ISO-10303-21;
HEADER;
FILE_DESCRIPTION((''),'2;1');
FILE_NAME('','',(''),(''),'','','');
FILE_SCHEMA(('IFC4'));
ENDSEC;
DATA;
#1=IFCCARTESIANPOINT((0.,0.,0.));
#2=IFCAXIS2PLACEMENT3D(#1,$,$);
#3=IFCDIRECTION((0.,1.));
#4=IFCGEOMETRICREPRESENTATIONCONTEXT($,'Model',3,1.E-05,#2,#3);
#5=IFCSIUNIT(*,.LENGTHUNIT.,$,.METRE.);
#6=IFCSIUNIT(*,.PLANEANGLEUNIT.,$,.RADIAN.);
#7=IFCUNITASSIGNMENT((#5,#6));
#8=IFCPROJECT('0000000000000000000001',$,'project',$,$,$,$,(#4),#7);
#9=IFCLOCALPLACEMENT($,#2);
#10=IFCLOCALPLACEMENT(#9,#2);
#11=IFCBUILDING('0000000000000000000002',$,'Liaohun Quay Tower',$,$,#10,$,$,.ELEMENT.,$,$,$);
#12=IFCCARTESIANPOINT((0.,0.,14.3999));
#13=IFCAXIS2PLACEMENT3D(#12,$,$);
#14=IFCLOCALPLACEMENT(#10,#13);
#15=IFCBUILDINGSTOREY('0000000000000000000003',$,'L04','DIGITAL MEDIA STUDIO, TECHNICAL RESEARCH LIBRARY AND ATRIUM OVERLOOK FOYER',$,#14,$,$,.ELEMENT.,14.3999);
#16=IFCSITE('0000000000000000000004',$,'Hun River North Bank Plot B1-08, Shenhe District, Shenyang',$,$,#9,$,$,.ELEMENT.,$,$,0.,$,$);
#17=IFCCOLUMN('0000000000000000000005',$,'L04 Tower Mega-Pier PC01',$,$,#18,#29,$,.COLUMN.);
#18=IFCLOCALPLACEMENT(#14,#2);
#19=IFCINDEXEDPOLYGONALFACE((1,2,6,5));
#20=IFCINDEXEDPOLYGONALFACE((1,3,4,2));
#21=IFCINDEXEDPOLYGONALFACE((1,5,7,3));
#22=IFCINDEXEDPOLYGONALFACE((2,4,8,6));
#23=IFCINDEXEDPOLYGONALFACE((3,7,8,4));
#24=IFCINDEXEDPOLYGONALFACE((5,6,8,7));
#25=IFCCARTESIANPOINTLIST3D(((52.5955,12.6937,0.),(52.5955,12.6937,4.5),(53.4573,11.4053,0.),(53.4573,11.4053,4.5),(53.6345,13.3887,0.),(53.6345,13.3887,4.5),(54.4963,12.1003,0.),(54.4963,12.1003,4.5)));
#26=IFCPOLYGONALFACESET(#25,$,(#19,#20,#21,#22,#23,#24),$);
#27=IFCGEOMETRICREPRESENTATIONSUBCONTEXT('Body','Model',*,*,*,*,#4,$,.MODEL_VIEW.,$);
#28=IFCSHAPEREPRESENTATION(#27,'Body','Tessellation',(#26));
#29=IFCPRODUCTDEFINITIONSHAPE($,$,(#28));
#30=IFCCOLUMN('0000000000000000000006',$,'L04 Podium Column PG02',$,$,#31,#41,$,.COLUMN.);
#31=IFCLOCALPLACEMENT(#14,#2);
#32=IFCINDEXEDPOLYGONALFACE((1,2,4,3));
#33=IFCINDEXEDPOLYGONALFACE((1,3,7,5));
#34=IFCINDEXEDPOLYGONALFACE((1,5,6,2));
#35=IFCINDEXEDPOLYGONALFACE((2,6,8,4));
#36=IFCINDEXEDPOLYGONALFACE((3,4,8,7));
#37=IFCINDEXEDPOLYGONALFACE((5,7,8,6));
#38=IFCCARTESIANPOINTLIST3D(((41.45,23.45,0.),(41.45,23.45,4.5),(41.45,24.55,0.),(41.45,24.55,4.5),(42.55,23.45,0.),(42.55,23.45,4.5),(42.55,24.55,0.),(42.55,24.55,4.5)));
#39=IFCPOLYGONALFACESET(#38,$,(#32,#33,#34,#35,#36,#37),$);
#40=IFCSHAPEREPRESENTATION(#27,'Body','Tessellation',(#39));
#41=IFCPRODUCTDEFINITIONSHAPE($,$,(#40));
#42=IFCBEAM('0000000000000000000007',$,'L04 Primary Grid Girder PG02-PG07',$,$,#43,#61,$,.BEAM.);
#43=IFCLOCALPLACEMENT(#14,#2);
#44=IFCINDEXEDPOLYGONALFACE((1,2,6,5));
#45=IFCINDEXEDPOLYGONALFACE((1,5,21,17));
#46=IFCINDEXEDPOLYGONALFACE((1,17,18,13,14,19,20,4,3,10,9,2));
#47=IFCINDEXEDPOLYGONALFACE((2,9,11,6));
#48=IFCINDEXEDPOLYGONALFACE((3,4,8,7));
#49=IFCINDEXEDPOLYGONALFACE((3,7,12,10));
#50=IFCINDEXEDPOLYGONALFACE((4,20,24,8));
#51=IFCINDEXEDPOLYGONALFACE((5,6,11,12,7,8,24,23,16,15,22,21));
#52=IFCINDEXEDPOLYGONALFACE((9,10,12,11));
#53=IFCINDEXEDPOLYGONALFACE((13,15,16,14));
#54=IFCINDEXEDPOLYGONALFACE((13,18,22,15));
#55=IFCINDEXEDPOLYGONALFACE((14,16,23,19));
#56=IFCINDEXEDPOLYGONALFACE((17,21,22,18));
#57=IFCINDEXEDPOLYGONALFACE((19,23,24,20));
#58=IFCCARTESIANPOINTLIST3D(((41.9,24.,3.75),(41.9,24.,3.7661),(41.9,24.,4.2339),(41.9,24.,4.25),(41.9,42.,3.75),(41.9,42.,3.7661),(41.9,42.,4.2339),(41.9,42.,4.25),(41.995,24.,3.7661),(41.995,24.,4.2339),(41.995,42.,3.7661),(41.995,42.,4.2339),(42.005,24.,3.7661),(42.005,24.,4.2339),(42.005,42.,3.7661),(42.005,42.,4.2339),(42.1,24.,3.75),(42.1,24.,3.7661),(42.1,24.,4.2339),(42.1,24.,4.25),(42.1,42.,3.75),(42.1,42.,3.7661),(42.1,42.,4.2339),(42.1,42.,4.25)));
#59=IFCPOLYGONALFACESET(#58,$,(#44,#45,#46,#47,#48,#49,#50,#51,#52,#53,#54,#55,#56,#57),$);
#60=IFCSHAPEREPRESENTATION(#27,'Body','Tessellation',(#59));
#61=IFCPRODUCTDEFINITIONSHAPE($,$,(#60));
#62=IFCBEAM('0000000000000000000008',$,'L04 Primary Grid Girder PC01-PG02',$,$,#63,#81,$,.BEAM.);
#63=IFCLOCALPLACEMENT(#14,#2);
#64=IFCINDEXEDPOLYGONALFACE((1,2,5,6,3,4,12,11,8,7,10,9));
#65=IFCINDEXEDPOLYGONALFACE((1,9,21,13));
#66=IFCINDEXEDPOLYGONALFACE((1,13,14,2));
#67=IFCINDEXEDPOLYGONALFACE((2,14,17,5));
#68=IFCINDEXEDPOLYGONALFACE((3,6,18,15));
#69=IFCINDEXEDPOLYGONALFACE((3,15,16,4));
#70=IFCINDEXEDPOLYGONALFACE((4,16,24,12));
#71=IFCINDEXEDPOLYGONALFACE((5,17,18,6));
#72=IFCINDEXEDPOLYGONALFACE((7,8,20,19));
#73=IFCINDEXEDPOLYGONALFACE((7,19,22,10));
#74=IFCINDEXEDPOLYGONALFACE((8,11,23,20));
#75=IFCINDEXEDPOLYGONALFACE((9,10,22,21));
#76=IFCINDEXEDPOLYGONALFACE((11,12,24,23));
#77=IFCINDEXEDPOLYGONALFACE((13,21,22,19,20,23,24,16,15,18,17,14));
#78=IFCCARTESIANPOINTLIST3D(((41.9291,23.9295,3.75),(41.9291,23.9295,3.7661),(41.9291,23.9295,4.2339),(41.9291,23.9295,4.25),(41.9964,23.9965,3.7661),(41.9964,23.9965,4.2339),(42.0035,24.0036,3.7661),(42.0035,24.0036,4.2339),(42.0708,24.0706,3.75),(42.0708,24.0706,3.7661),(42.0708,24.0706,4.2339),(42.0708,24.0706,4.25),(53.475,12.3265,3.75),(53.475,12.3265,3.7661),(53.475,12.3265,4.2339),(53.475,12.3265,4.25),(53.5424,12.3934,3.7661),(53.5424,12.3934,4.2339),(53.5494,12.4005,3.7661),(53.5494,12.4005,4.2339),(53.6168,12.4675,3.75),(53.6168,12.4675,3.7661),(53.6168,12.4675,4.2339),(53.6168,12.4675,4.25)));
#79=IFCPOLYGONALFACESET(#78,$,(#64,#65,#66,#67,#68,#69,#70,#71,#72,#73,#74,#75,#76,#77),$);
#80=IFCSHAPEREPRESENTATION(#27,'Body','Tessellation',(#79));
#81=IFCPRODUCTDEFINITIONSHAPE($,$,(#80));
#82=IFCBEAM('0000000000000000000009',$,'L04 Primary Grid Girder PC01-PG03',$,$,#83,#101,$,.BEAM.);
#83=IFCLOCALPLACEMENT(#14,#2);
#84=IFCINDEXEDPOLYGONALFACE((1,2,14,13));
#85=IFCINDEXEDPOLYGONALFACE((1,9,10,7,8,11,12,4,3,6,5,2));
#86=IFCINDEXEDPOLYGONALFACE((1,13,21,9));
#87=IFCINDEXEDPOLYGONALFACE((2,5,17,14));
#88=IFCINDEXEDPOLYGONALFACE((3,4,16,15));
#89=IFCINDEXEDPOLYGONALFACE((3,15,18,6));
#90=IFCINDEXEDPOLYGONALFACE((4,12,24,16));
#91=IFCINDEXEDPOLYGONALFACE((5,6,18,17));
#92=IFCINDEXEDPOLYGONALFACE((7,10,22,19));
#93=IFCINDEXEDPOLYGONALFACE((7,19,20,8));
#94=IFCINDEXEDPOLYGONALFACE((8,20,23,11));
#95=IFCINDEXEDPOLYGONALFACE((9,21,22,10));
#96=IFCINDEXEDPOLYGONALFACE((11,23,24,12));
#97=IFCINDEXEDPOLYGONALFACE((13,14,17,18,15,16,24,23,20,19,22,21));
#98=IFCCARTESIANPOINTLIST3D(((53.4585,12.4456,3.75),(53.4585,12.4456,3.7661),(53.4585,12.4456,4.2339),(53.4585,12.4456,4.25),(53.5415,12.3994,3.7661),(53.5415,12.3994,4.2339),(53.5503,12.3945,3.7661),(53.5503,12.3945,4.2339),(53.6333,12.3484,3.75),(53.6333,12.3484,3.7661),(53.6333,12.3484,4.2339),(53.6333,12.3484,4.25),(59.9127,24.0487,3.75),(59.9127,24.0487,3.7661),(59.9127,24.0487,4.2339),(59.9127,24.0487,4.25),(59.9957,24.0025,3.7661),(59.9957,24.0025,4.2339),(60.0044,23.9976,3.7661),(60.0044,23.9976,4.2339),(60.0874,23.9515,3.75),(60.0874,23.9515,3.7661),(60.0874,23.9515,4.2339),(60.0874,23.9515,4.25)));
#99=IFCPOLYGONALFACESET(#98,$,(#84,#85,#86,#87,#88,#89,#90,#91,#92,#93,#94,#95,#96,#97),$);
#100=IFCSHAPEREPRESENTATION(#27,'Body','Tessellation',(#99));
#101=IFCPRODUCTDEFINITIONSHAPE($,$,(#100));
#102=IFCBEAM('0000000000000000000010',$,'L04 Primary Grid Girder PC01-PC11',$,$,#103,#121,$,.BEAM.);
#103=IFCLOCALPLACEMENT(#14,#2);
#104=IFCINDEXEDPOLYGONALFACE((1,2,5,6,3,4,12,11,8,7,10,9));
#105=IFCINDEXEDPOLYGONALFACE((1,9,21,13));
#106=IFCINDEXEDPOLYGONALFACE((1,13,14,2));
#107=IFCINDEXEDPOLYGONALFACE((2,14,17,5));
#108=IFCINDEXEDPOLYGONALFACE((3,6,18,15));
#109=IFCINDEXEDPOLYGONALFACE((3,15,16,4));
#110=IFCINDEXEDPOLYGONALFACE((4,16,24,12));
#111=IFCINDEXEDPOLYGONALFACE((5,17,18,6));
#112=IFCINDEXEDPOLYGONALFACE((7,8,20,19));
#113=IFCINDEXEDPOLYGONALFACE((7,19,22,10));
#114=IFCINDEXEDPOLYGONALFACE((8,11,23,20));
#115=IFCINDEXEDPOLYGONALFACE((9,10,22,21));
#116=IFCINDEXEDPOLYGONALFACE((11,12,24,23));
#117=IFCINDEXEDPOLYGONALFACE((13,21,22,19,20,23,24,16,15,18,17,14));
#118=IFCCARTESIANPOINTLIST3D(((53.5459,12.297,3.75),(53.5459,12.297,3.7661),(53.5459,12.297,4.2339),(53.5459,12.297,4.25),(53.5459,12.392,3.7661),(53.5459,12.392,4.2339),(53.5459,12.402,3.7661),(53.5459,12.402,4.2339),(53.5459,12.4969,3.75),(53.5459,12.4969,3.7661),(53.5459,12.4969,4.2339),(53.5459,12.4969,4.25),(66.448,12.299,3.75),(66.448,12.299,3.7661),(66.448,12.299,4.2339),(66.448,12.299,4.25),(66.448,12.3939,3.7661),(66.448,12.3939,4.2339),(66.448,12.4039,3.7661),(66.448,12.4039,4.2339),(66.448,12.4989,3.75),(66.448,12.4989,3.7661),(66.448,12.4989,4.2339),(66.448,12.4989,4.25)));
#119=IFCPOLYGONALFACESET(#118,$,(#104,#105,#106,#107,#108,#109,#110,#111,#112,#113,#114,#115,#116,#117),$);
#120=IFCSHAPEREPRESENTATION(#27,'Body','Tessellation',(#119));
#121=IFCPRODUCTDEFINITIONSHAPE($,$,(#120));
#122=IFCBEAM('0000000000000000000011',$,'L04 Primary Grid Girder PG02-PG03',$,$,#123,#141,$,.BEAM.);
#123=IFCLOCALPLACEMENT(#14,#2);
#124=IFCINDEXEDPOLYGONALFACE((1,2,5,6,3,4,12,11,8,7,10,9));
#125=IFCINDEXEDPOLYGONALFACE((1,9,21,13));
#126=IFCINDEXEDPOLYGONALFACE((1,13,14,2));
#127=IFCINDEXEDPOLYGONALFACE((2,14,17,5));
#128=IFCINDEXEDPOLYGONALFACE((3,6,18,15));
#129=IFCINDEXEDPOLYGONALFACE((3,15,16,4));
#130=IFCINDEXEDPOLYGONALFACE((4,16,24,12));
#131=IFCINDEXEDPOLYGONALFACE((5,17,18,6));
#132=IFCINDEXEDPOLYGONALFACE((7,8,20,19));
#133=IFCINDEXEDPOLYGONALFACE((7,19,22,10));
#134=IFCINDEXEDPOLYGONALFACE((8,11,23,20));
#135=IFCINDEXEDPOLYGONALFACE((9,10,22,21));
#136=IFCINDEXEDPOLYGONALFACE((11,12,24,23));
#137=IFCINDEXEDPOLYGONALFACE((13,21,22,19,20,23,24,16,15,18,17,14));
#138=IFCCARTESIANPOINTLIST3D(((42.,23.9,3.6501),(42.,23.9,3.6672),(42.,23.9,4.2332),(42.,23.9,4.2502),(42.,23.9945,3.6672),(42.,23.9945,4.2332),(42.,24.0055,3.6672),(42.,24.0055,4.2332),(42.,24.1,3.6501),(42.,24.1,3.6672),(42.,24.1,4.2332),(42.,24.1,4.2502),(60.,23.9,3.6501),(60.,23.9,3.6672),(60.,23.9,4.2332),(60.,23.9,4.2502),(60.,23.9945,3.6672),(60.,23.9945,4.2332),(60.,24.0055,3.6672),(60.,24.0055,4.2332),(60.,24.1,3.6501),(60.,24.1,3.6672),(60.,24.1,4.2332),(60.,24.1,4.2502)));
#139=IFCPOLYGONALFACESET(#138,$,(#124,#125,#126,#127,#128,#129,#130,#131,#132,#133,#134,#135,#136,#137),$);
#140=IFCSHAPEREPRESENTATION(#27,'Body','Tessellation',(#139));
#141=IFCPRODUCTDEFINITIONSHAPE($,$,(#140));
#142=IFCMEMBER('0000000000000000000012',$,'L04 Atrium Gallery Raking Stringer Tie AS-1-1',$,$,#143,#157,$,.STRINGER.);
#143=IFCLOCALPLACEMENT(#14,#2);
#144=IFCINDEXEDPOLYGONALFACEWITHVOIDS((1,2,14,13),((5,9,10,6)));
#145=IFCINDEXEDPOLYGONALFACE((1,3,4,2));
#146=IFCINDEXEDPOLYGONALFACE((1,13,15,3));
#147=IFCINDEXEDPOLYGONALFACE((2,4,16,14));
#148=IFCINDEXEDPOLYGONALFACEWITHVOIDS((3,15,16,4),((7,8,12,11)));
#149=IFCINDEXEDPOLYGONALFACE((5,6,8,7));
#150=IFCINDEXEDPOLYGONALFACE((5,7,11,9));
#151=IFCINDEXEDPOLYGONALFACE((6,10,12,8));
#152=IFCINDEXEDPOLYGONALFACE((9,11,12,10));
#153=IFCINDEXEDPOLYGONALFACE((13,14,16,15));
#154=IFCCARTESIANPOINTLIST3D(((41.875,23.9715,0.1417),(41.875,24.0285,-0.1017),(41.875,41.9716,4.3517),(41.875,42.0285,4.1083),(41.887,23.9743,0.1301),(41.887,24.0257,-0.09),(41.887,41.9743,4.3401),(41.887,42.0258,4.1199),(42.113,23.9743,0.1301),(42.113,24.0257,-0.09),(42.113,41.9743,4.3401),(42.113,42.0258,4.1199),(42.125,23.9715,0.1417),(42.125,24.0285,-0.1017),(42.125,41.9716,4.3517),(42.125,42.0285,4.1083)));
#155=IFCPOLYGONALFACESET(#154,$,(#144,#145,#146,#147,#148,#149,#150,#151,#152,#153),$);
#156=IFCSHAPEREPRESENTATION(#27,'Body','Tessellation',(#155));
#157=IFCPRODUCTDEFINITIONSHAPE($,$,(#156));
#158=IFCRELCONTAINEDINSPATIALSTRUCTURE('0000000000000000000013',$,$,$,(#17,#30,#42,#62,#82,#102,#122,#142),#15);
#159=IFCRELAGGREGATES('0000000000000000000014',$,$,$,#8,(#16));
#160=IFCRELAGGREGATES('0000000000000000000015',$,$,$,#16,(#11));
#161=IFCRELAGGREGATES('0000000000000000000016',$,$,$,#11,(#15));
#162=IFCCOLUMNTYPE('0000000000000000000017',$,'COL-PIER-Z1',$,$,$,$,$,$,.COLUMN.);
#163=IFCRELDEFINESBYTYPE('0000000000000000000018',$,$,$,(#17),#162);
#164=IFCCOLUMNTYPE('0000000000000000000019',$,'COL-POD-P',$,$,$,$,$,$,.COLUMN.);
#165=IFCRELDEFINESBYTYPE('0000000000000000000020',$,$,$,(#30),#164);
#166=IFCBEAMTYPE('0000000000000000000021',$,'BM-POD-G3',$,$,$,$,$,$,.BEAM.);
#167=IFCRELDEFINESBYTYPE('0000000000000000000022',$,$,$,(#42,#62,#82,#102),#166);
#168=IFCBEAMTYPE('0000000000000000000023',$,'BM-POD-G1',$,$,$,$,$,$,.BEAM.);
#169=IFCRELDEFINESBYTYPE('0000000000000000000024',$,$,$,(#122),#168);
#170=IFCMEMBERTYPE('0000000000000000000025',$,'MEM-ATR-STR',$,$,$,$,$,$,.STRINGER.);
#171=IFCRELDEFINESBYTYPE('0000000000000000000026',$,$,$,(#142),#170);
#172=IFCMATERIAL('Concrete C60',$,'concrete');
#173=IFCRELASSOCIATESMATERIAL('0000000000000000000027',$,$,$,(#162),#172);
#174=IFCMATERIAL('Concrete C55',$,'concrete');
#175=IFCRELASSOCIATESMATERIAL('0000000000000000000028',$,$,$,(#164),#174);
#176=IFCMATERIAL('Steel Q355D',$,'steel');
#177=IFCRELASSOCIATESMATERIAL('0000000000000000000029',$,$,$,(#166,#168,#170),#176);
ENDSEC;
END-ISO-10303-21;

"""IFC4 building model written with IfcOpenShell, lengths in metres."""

from ifc_helpers import new_model, si_unit, direction, frame, origin, origin_2d, place, context, subcontext, project, spatial, rectangle, hollow_rectangle, i_section, extrude, source, transform, mapped, material, material_profile, profile_set, type_object, element, save


model = new_model("IFC4")

# Units and contexts
model_context = context("Model", 3, precision=1e-05, world=origin(), true_north=direction((0.0, 1.0)))
body_context = subcontext(model_context, "Body", "Model", "MODEL_VIEW")
ifc_project = project(units=[si_unit("LENGTHUNIT", "METRE"), si_unit("PLANEANGLEUNIT", "RADIAN")], contexts=[model_context])

# Site, building, storey
site_placement = place(None, origin())
site = spatial("IfcSite", under=ifc_project, at=site_placement, Name="Hun River North Bank Plot B1-08, Shenhe District, Shenyang", CompositionType="ELEMENT", RefElevation=0.0)
building_placement = place(site_placement, origin())
building = spatial("IfcBuilding", under=site, at=building_placement, Name="Liaohun Quay Tower", CompositionType="ELEMENT")
storey_placement = place(building_placement, frame((0.0, 0.0, 14.3999)))
storey = spatial("IfcBuildingStorey", under=building, at=storey_placement, Name="L04", Description="DIGITAL MEDIA STUDIO, TECHNICAL RESEARCH LIBRARY AND ATRIUM OVERLOOK FOYER", CompositionType="ELEMENT", Elevation=14.3999)

# Columns
ifc_material_1 = material(Name="Concrete C60", Category="concrete")
ifc_material_profile_1 = material_profile(ifc_material_1, rectangle(XDim=1.55, YDim=1.25, at=origin_2d()), Name="RC1550x1250")
ifc_profile_set_1 = profile_set([ifc_material_profile_1], Name="Concrete C60")
column_type_1 = type_object("IfcColumnType", Name="COL-PIER-Z1", PredefinedType="COLUMN", material=ifc_profile_set_1)
shared_shape_1 = source(origin(), body_context, "Body", "SweptSolid", [
    extrude(rectangle(XDim=1.55, YDim=1.25, at=origin_2d()), origin(), (0.0, 0.0, 1.0), 4.5),
])
column_1_placement = place(storey_placement, frame((53.5459, 12.397, 0.0), z_axis=(0.0, 0.0, 1.0), x_axis=(-0.556006, 0.831179, 0.0)))
element("IfcColumn", 1, at=column_1_placement, inside=storey, type_object=column_type_1, Name="L04 Tower Mega-Pier PC01", PredefinedType="COLUMN", context=body_context, shape_type="MappedRepresentation", body=[
    mapped(shared_shape_1, transform((0.0, 0.0, 0.0), x_axis=(1.0, 0.0, 0.0), y_axis=(0.0, 1.0, 0.0), z_axis=(0.0, 0.0, 1.0), scale=1.0)),
])
ifc_material_2 = material(Name="Concrete C55", Category="concrete")
ifc_material_profile_2 = material_profile(ifc_material_2, rectangle(XDim=1.1001, YDim=1.1001, at=origin_2d()), Name="RC1100x1100")
ifc_profile_set_2 = profile_set([ifc_material_profile_2], Name="Concrete C55")
column_type_2 = type_object("IfcColumnType", Name="COL-POD-P", PredefinedType="COLUMN", material=ifc_profile_set_2)
shared_shape_2 = source(origin(), body_context, "Body", "SweptSolid", [
    extrude(rectangle(XDim=1.1001, YDim=1.1001, at=origin_2d()), origin(), (0.0, 0.0, 1.0), 4.5),
])
column_2_placement = place(storey_placement, frame((42.0, 24.0, 0.0), z_axis=(0.0, 0.0, 1.0), x_axis=(1.0, 0.0, 0.0)))
element("IfcColumn", 2, at=column_2_placement, inside=storey, type_object=column_type_2, Name="L04 Podium Column PG02", PredefinedType="COLUMN", context=body_context, shape_type="MappedRepresentation", body=[
    mapped(shared_shape_2, transform((0.0, 0.0, 0.0), x_axis=(1.0, 0.0, 0.0), y_axis=(0.0, 1.0, 0.0), z_axis=(0.0, 0.0, 1.0), scale=1.0)),
])

# Beams
ifc_material_3 = material(Name="Steel Q355D", Category="steel")
ifc_material_profile_3 = material_profile(ifc_material_3, i_section(OverallWidth=0.2, OverallDepth=0.5, WebThickness=0.01, FlangeThickness=0.0161, at=origin_2d()), Name="HN500x200x10x16")
ifc_profile_set_3 = profile_set([ifc_material_profile_3], Name="Steel Q355D")
beam_type_1 = type_object("IfcBeamType", Name="BM-POD-G3", PredefinedType="BEAM", material=ifc_profile_set_3)
shared_shape_3 = source(origin(), body_context, "Body", "SweptSolid", [
    extrude(i_section(OverallWidth=0.2, OverallDepth=0.5, WebThickness=0.01, FlangeThickness=0.0161, at=origin_2d()), origin(), (0.0, 0.0, 1.0), 18.0),
])
beam_1_placement = place(storey_placement, frame((42.0, 24.0, 4.0), z_axis=(0.0, 1.0, 0.0), x_axis=(-1.0, 0.0, 0.0)))
element("IfcBeam", 3, at=beam_1_placement, inside=storey, type_object=beam_type_1, Name="L04 Primary Grid Girder PG02-PG07", PredefinedType="BEAM", context=body_context, shape_type="MappedRepresentation", body=[
    mapped(shared_shape_3, transform((0.0, 0.0, 0.0), x_axis=(1.0, 0.0, 0.0), y_axis=(0.0, 1.0, 0.0), z_axis=(0.0, 0.0, 1.0), scale=1.0)),
])
shared_shape_4 = source(origin(), body_context, "Body", "SweptSolid", [
    extrude(i_section(OverallWidth=0.2, OverallDepth=0.5, WebThickness=0.01, FlangeThickness=0.0161, at=origin_2d()), origin(), (0.0, 0.0, 1.0), 16.3689),
])
beam_2_placement = place(storey_placement, frame((53.5459, 12.397, 4.0), z_axis=(-0.70536, 0.70885, 0.0), x_axis=(-0.70885, -0.70536, 0.0)))
element("IfcBeam", 4, at=beam_2_placement, inside=storey, type_object=beam_type_1, Name="L04 Primary Grid Girder PC01-PG02", PredefinedType="BEAM", context=body_context, shape_type="MappedRepresentation", body=[
    mapped(shared_shape_4, transform((0.0, 0.0, 0.0), x_axis=(1.0, 0.0, 0.0), y_axis=(0.0, 1.0, 0.0), z_axis=(0.0, 0.0, 1.0), scale=1.0)),
])
shared_shape_5 = source(origin(), body_context, "Body", "SweptSolid", [
    extrude(i_section(OverallWidth=0.2, OverallDepth=0.5, WebThickness=0.01, FlangeThickness=0.0161, at=origin_2d()), origin(), (0.0, 0.0, 1.0), 13.2773),
])
beam_3_placement = place(storey_placement, frame((53.5459, 12.397, 4.0), z_axis=(0.486102, 0.873902, 0.0), x_axis=(-0.873902, 0.486102, 0.0)))
element("IfcBeam", 5, at=beam_3_placement, inside=storey, type_object=beam_type_1, Name="L04 Primary Grid Girder PC01-PG03", PredefinedType="BEAM", context=body_context, shape_type="MappedRepresentation", body=[
    mapped(shared_shape_5, transform((0.0, 0.0, 0.0), x_axis=(1.0, 0.0, 0.0), y_axis=(0.0, 1.0, 0.0), z_axis=(0.0, 0.0, 1.0), scale=1.0)),
])
shared_shape_6 = source(origin(), body_context, "Body", "SweptSolid", [
    extrude(i_section(OverallWidth=0.2, OverallDepth=0.5, WebThickness=0.01, FlangeThickness=0.0161, at=origin_2d()), origin(), (0.0, 0.0, 1.0), 12.9021),
])
beam_4_placement = place(storey_placement, frame((53.5459, 12.397, 4.0), z_axis=(1.0, 0.000151, 0.0), x_axis=(-0.000151, 1.0, 0.0)))
element("IfcBeam", 6, at=beam_4_placement, inside=storey, type_object=beam_type_1, Name="L04 Primary Grid Girder PC01-PC11", PredefinedType="BEAM", context=body_context, shape_type="MappedRepresentation", body=[
    mapped(shared_shape_6, transform((0.0, 0.0, 0.0), x_axis=(1.0, 0.0, 0.0), y_axis=(0.0, 1.0, 0.0), z_axis=(0.0, 0.0, 1.0), scale=1.0)),
])
ifc_material_profile_4 = material_profile(ifc_material_3, i_section(OverallWidth=0.2, OverallDepth=0.6001, WebThickness=0.011, FlangeThickness=0.0171, at=origin_2d()), Name="HN600x200x11x17")
ifc_profile_set_4 = profile_set([ifc_material_profile_4], Name="Steel Q355D")
beam_type_2 = type_object("IfcBeamType", Name="BM-POD-G1", PredefinedType="BEAM", material=ifc_profile_set_4)
shared_shape_7 = source(origin(), body_context, "Body", "SweptSolid", [
    extrude(i_section(OverallWidth=0.2, OverallDepth=0.6001, WebThickness=0.011, FlangeThickness=0.0171, at=origin_2d()), origin(), (0.0, 0.0, 1.0), 18.0),
])
beam_5_placement = place(storey_placement, frame((42.0, 24.0, 3.9502), z_axis=(1.0, 0.0, 0.0), x_axis=(0.0, 1.0, 0.0)))
element("IfcBeam", 7, at=beam_5_placement, inside=storey, type_object=beam_type_2, Name="L04 Primary Grid Girder PG02-PG03", PredefinedType="BEAM", context=body_context, shape_type="MappedRepresentation", body=[
    mapped(shared_shape_7, transform((0.0, 0.0, 0.0), x_axis=(1.0, 0.0, 0.0), y_axis=(0.0, 1.0, 0.0), z_axis=(0.0, 0.0, 1.0), scale=1.0)),
])

# Member
ifc_material_profile_5 = material_profile(ifc_material_3, hollow_rectangle(XDim=0.25, YDim=0.25, WallThickness=0.012, at=origin_2d()), Name="SHS250x250x12")
ifc_profile_set_5 = profile_set([ifc_material_profile_5], Name="Steel Q355D")
member_type = type_object("IfcMemberType", Name="MEM-ATR-STR", PredefinedType="STRINGER", material=ifc_profile_set_5)
shared_shape_8 = source(origin(), body_context, "Body", "SweptSolid", [
    extrude(hollow_rectangle(XDim=0.25, YDim=0.25, WallThickness=0.012, at=origin_2d()), origin(), (0.0, 0.0, 1.0), 18.4858),
])
member_placement = place(storey_placement, frame((42.0, 24.0, 0.02), z_axis=(0.0, 0.973722, 0.227741), x_axis=(-1.0, 0.0, 0.0)))
element("IfcMember", 8, at=member_placement, inside=storey, type_object=member_type, Name="L04 Atrium Gallery Raking Stringer Tie AS-1-1", PredefinedType="STRINGER", context=body_context, shape_type="MappedRepresentation", body=[
    mapped(shared_shape_8, transform((0.0, 0.0, 0.0), x_axis=(1.0, 0.0, 0.0), y_axis=(0.0, 1.0, 0.0), z_axis=(0.0, 0.0, 1.0), scale=1.0)),
])

save(model, "model.ifc")
